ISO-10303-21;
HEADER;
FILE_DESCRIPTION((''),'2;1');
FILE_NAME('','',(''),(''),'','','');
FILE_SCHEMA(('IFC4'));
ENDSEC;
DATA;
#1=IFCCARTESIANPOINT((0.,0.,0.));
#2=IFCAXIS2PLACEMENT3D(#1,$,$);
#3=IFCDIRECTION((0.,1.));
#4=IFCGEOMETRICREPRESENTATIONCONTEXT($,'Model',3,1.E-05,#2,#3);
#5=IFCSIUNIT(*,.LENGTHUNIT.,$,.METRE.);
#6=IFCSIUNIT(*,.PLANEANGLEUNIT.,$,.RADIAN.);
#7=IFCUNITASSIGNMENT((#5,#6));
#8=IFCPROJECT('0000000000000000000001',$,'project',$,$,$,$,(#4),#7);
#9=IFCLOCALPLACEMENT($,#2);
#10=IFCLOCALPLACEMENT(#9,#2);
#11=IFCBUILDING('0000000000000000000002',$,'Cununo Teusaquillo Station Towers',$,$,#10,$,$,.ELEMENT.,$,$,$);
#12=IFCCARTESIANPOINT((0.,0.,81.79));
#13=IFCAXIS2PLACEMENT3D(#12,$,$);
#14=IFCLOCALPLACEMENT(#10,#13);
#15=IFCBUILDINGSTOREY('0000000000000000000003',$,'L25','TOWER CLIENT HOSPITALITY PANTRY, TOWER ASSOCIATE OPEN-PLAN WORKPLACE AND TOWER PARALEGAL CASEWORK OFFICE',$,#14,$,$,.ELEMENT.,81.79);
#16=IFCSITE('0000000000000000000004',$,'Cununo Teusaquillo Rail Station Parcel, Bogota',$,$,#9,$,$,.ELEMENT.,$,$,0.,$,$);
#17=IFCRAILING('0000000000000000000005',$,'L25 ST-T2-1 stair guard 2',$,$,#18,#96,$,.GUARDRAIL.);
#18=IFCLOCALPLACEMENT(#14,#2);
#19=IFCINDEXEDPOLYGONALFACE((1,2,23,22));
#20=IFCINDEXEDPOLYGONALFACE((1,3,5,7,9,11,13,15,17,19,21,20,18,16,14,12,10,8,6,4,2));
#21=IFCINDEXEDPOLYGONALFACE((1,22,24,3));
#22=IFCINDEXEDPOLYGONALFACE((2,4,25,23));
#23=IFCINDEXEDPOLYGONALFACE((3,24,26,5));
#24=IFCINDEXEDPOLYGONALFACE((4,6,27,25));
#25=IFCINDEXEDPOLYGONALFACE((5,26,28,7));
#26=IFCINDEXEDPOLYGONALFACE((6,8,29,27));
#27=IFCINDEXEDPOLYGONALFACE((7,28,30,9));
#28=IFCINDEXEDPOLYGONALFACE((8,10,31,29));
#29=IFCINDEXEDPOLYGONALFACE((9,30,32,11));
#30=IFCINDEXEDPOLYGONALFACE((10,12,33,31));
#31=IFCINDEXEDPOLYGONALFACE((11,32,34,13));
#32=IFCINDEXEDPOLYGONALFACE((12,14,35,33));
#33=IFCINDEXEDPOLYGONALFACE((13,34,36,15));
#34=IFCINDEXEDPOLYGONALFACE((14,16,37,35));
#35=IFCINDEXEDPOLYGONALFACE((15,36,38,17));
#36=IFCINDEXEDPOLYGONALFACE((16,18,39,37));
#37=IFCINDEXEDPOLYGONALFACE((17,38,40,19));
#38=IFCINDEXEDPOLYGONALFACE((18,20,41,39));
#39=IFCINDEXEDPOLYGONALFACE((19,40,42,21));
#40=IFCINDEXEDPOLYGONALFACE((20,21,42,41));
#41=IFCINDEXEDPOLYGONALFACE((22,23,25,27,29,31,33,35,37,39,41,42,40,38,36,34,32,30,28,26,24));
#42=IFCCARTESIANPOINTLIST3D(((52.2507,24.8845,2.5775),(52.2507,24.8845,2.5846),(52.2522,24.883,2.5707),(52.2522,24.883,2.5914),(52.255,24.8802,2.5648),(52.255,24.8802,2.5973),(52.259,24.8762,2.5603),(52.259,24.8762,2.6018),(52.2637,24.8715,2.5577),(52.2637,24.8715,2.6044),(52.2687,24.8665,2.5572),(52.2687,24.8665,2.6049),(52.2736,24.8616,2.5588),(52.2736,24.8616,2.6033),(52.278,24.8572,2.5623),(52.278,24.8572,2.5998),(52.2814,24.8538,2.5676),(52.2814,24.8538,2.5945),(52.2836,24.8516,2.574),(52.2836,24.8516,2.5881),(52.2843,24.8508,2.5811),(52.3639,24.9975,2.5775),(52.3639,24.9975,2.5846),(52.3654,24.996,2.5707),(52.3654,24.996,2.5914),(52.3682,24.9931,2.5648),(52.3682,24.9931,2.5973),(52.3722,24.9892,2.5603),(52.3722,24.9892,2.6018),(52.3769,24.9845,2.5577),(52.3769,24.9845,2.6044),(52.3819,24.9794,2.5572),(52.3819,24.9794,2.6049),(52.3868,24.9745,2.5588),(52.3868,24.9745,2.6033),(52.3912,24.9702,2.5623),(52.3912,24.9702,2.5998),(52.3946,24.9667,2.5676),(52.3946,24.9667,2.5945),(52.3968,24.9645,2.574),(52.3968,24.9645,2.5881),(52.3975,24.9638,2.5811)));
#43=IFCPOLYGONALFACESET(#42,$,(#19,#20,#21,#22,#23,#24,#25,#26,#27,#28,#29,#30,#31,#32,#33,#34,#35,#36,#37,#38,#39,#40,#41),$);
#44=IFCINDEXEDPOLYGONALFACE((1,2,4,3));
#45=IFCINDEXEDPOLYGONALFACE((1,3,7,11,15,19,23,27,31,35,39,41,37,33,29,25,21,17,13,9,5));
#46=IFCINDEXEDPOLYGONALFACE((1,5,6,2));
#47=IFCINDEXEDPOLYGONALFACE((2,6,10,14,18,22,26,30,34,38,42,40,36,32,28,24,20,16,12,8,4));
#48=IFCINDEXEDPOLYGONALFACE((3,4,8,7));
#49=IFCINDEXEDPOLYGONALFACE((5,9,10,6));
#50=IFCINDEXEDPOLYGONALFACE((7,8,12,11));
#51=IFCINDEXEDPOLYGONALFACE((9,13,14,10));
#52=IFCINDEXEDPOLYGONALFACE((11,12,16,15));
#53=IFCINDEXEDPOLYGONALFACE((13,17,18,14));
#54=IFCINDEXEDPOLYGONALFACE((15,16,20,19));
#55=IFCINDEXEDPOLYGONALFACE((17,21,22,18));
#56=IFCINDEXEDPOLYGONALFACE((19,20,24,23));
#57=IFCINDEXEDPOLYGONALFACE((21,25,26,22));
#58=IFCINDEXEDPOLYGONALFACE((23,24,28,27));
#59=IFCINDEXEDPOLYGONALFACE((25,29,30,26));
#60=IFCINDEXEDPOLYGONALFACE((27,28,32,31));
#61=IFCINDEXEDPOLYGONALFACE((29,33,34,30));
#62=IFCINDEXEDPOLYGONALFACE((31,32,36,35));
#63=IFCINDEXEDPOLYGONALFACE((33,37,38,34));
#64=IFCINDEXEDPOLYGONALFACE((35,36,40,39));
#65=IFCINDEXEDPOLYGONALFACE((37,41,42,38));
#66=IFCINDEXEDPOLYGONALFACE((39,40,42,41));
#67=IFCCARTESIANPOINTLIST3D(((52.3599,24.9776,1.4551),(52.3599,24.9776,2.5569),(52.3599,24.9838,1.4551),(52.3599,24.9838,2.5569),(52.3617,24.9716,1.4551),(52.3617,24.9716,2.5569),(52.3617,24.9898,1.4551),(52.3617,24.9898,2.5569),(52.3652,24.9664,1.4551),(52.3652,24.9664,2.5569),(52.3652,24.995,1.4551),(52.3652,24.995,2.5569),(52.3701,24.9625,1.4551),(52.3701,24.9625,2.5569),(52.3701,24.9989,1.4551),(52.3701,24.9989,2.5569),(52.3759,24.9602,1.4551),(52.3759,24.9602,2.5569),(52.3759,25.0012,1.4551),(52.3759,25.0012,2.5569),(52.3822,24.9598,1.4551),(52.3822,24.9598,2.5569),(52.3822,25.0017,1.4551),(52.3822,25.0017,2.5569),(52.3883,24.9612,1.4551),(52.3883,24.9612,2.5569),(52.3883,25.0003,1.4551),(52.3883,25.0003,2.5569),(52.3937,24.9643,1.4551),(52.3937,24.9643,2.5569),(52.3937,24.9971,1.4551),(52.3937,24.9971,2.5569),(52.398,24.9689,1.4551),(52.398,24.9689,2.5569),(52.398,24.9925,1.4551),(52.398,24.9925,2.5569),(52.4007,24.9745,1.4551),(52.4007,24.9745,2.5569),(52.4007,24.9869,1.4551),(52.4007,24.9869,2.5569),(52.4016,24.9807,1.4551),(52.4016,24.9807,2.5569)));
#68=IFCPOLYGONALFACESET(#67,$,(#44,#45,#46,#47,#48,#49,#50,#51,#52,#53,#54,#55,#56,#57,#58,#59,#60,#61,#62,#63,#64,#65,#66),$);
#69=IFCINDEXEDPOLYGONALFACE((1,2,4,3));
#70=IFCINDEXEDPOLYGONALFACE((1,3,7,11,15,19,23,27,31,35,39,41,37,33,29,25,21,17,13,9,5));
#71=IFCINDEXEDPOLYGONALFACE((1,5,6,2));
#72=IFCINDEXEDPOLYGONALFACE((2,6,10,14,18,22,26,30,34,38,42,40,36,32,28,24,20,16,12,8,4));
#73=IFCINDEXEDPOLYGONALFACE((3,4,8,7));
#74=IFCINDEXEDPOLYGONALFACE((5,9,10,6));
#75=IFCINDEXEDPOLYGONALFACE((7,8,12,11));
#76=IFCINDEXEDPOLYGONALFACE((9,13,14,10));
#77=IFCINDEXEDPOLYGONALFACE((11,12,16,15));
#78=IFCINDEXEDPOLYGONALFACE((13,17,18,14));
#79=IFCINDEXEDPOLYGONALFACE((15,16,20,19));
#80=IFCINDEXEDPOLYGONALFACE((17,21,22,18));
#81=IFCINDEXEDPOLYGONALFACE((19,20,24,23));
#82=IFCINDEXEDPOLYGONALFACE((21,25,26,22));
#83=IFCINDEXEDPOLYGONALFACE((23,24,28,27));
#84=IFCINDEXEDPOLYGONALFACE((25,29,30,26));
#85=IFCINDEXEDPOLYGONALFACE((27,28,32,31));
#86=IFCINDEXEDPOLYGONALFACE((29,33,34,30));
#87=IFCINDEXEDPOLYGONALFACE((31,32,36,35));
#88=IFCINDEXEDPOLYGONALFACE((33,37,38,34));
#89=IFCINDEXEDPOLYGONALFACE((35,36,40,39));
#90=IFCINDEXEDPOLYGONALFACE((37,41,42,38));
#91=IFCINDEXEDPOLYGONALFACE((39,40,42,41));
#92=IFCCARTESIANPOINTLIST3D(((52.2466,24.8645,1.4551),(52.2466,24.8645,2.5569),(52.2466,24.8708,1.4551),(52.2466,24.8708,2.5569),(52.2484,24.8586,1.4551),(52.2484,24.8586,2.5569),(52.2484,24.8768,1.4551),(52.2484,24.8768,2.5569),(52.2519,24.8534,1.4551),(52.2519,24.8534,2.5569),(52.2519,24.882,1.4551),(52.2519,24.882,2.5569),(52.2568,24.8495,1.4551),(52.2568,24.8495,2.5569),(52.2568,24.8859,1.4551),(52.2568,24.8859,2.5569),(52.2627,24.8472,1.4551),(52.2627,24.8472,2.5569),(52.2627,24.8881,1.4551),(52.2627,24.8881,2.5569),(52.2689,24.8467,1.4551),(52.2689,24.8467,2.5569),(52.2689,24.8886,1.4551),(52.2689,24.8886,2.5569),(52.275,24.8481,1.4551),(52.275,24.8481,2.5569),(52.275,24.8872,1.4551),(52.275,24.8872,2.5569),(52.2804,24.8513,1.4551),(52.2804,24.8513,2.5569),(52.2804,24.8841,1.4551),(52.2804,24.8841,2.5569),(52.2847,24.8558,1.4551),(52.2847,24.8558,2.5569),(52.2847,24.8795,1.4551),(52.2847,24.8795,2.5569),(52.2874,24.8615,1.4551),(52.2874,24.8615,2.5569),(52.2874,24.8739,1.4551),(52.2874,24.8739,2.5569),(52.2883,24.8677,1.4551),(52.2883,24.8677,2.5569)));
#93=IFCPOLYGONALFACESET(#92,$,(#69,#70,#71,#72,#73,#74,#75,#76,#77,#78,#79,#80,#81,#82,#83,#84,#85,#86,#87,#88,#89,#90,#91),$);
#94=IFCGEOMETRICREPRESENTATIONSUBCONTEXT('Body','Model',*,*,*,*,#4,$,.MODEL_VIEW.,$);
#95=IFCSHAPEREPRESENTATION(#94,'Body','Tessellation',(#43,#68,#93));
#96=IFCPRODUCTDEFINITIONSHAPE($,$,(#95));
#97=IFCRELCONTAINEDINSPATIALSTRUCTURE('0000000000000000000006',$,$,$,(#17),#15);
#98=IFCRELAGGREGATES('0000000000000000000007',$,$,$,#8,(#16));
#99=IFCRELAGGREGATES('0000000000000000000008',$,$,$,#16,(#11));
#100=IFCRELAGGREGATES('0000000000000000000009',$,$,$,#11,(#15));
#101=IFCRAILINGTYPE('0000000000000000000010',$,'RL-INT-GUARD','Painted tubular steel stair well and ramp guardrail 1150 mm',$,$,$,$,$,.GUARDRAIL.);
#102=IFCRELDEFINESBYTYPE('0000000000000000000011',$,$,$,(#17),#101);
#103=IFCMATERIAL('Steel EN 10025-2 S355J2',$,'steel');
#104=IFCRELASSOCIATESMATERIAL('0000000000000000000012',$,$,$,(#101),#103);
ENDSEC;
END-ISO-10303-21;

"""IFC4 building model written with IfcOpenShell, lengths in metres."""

from ifc_helpers import new_model, si_unit, direction, frame, origin, origin_2d, place, context, subcontext, project, spatial, circle, extrude, material, type_object, element, save


model = new_model("IFC4")

# Units and contexts
model_context = context("Model", 3, precision=1e-05, world=origin(), true_north=direction((0.0, 1.0)))
body_context = subcontext(model_context, "Body", "Model", "MODEL_VIEW")
ifc_project = project(units=[si_unit("LENGTHUNIT", "METRE"), si_unit("PLANEANGLEUNIT", "RADIAN")], contexts=[model_context])

# Site, building, storey
site_placement = place(None, origin())
site = spatial("IfcSite", under=ifc_project, at=site_placement, Name="Cununo Teusaquillo Rail Station Parcel, Bogota", CompositionType="ELEMENT", RefElevation=0.0)
building_placement = place(site_placement, origin())
building = spatial("IfcBuilding", under=site, at=building_placement, Name="Cununo Teusaquillo Station Towers", CompositionType="ELEMENT")
storey_placement = place(building_placement, frame((0.0, 0.0, 81.79)))
storey = spatial("IfcBuildingStorey", under=building, at=storey_placement, Name="L25", Description="TOWER CLIENT HOSPITALITY PANTRY, TOWER ASSOCIATE OPEN-PLAN WORKPLACE AND TOWER PARALEGAL CASEWORK OFFICE", CompositionType="ELEMENT", Elevation=81.79)

# Railing
ifc_material_1 = material(Name="Steel EN 10025-2 S355J2", Category="steel")
railing_type_1 = type_object("IfcRailingType", Name="RL-INT-GUARD", Description="Painted tubular steel stair well and ramp guardrail 1150 mm", PredefinedType="GUARDRAIL", material=ifc_material_1)
railing_1_placement = place(storey_placement, frame((52.3806, 24.9807, 1.4551)))
element("IfcRailing", 1, at=railing_1_placement, inside=storey, type_object=railing_type_1, Name="L25 ST-T2-1 stair guard 2", PredefinedType="GUARDRAIL", context=body_context, shape_type="SweptSolid", body=[
    extrude(circle(Radius=0.0239, at=origin_2d()), frame((0.0, 0.0, 1.126), z_axis=(-0.707869, -0.706344, 0.0), x_axis=(0.706344, -0.707869, 0.0)), (0.0, 0.0, 1.0), 0.1599),
    extrude(circle(Radius=0.021, at=origin_2d()), origin(), (0.0, 0.0, 1.0), 1.1018),
    extrude(circle(Radius=0.021, at=origin_2d()), frame((-0.1133, -0.113, 0.0)), (0.0, 0.0, 1.0), 1.1018),
])

save(model, "model.ifc")
